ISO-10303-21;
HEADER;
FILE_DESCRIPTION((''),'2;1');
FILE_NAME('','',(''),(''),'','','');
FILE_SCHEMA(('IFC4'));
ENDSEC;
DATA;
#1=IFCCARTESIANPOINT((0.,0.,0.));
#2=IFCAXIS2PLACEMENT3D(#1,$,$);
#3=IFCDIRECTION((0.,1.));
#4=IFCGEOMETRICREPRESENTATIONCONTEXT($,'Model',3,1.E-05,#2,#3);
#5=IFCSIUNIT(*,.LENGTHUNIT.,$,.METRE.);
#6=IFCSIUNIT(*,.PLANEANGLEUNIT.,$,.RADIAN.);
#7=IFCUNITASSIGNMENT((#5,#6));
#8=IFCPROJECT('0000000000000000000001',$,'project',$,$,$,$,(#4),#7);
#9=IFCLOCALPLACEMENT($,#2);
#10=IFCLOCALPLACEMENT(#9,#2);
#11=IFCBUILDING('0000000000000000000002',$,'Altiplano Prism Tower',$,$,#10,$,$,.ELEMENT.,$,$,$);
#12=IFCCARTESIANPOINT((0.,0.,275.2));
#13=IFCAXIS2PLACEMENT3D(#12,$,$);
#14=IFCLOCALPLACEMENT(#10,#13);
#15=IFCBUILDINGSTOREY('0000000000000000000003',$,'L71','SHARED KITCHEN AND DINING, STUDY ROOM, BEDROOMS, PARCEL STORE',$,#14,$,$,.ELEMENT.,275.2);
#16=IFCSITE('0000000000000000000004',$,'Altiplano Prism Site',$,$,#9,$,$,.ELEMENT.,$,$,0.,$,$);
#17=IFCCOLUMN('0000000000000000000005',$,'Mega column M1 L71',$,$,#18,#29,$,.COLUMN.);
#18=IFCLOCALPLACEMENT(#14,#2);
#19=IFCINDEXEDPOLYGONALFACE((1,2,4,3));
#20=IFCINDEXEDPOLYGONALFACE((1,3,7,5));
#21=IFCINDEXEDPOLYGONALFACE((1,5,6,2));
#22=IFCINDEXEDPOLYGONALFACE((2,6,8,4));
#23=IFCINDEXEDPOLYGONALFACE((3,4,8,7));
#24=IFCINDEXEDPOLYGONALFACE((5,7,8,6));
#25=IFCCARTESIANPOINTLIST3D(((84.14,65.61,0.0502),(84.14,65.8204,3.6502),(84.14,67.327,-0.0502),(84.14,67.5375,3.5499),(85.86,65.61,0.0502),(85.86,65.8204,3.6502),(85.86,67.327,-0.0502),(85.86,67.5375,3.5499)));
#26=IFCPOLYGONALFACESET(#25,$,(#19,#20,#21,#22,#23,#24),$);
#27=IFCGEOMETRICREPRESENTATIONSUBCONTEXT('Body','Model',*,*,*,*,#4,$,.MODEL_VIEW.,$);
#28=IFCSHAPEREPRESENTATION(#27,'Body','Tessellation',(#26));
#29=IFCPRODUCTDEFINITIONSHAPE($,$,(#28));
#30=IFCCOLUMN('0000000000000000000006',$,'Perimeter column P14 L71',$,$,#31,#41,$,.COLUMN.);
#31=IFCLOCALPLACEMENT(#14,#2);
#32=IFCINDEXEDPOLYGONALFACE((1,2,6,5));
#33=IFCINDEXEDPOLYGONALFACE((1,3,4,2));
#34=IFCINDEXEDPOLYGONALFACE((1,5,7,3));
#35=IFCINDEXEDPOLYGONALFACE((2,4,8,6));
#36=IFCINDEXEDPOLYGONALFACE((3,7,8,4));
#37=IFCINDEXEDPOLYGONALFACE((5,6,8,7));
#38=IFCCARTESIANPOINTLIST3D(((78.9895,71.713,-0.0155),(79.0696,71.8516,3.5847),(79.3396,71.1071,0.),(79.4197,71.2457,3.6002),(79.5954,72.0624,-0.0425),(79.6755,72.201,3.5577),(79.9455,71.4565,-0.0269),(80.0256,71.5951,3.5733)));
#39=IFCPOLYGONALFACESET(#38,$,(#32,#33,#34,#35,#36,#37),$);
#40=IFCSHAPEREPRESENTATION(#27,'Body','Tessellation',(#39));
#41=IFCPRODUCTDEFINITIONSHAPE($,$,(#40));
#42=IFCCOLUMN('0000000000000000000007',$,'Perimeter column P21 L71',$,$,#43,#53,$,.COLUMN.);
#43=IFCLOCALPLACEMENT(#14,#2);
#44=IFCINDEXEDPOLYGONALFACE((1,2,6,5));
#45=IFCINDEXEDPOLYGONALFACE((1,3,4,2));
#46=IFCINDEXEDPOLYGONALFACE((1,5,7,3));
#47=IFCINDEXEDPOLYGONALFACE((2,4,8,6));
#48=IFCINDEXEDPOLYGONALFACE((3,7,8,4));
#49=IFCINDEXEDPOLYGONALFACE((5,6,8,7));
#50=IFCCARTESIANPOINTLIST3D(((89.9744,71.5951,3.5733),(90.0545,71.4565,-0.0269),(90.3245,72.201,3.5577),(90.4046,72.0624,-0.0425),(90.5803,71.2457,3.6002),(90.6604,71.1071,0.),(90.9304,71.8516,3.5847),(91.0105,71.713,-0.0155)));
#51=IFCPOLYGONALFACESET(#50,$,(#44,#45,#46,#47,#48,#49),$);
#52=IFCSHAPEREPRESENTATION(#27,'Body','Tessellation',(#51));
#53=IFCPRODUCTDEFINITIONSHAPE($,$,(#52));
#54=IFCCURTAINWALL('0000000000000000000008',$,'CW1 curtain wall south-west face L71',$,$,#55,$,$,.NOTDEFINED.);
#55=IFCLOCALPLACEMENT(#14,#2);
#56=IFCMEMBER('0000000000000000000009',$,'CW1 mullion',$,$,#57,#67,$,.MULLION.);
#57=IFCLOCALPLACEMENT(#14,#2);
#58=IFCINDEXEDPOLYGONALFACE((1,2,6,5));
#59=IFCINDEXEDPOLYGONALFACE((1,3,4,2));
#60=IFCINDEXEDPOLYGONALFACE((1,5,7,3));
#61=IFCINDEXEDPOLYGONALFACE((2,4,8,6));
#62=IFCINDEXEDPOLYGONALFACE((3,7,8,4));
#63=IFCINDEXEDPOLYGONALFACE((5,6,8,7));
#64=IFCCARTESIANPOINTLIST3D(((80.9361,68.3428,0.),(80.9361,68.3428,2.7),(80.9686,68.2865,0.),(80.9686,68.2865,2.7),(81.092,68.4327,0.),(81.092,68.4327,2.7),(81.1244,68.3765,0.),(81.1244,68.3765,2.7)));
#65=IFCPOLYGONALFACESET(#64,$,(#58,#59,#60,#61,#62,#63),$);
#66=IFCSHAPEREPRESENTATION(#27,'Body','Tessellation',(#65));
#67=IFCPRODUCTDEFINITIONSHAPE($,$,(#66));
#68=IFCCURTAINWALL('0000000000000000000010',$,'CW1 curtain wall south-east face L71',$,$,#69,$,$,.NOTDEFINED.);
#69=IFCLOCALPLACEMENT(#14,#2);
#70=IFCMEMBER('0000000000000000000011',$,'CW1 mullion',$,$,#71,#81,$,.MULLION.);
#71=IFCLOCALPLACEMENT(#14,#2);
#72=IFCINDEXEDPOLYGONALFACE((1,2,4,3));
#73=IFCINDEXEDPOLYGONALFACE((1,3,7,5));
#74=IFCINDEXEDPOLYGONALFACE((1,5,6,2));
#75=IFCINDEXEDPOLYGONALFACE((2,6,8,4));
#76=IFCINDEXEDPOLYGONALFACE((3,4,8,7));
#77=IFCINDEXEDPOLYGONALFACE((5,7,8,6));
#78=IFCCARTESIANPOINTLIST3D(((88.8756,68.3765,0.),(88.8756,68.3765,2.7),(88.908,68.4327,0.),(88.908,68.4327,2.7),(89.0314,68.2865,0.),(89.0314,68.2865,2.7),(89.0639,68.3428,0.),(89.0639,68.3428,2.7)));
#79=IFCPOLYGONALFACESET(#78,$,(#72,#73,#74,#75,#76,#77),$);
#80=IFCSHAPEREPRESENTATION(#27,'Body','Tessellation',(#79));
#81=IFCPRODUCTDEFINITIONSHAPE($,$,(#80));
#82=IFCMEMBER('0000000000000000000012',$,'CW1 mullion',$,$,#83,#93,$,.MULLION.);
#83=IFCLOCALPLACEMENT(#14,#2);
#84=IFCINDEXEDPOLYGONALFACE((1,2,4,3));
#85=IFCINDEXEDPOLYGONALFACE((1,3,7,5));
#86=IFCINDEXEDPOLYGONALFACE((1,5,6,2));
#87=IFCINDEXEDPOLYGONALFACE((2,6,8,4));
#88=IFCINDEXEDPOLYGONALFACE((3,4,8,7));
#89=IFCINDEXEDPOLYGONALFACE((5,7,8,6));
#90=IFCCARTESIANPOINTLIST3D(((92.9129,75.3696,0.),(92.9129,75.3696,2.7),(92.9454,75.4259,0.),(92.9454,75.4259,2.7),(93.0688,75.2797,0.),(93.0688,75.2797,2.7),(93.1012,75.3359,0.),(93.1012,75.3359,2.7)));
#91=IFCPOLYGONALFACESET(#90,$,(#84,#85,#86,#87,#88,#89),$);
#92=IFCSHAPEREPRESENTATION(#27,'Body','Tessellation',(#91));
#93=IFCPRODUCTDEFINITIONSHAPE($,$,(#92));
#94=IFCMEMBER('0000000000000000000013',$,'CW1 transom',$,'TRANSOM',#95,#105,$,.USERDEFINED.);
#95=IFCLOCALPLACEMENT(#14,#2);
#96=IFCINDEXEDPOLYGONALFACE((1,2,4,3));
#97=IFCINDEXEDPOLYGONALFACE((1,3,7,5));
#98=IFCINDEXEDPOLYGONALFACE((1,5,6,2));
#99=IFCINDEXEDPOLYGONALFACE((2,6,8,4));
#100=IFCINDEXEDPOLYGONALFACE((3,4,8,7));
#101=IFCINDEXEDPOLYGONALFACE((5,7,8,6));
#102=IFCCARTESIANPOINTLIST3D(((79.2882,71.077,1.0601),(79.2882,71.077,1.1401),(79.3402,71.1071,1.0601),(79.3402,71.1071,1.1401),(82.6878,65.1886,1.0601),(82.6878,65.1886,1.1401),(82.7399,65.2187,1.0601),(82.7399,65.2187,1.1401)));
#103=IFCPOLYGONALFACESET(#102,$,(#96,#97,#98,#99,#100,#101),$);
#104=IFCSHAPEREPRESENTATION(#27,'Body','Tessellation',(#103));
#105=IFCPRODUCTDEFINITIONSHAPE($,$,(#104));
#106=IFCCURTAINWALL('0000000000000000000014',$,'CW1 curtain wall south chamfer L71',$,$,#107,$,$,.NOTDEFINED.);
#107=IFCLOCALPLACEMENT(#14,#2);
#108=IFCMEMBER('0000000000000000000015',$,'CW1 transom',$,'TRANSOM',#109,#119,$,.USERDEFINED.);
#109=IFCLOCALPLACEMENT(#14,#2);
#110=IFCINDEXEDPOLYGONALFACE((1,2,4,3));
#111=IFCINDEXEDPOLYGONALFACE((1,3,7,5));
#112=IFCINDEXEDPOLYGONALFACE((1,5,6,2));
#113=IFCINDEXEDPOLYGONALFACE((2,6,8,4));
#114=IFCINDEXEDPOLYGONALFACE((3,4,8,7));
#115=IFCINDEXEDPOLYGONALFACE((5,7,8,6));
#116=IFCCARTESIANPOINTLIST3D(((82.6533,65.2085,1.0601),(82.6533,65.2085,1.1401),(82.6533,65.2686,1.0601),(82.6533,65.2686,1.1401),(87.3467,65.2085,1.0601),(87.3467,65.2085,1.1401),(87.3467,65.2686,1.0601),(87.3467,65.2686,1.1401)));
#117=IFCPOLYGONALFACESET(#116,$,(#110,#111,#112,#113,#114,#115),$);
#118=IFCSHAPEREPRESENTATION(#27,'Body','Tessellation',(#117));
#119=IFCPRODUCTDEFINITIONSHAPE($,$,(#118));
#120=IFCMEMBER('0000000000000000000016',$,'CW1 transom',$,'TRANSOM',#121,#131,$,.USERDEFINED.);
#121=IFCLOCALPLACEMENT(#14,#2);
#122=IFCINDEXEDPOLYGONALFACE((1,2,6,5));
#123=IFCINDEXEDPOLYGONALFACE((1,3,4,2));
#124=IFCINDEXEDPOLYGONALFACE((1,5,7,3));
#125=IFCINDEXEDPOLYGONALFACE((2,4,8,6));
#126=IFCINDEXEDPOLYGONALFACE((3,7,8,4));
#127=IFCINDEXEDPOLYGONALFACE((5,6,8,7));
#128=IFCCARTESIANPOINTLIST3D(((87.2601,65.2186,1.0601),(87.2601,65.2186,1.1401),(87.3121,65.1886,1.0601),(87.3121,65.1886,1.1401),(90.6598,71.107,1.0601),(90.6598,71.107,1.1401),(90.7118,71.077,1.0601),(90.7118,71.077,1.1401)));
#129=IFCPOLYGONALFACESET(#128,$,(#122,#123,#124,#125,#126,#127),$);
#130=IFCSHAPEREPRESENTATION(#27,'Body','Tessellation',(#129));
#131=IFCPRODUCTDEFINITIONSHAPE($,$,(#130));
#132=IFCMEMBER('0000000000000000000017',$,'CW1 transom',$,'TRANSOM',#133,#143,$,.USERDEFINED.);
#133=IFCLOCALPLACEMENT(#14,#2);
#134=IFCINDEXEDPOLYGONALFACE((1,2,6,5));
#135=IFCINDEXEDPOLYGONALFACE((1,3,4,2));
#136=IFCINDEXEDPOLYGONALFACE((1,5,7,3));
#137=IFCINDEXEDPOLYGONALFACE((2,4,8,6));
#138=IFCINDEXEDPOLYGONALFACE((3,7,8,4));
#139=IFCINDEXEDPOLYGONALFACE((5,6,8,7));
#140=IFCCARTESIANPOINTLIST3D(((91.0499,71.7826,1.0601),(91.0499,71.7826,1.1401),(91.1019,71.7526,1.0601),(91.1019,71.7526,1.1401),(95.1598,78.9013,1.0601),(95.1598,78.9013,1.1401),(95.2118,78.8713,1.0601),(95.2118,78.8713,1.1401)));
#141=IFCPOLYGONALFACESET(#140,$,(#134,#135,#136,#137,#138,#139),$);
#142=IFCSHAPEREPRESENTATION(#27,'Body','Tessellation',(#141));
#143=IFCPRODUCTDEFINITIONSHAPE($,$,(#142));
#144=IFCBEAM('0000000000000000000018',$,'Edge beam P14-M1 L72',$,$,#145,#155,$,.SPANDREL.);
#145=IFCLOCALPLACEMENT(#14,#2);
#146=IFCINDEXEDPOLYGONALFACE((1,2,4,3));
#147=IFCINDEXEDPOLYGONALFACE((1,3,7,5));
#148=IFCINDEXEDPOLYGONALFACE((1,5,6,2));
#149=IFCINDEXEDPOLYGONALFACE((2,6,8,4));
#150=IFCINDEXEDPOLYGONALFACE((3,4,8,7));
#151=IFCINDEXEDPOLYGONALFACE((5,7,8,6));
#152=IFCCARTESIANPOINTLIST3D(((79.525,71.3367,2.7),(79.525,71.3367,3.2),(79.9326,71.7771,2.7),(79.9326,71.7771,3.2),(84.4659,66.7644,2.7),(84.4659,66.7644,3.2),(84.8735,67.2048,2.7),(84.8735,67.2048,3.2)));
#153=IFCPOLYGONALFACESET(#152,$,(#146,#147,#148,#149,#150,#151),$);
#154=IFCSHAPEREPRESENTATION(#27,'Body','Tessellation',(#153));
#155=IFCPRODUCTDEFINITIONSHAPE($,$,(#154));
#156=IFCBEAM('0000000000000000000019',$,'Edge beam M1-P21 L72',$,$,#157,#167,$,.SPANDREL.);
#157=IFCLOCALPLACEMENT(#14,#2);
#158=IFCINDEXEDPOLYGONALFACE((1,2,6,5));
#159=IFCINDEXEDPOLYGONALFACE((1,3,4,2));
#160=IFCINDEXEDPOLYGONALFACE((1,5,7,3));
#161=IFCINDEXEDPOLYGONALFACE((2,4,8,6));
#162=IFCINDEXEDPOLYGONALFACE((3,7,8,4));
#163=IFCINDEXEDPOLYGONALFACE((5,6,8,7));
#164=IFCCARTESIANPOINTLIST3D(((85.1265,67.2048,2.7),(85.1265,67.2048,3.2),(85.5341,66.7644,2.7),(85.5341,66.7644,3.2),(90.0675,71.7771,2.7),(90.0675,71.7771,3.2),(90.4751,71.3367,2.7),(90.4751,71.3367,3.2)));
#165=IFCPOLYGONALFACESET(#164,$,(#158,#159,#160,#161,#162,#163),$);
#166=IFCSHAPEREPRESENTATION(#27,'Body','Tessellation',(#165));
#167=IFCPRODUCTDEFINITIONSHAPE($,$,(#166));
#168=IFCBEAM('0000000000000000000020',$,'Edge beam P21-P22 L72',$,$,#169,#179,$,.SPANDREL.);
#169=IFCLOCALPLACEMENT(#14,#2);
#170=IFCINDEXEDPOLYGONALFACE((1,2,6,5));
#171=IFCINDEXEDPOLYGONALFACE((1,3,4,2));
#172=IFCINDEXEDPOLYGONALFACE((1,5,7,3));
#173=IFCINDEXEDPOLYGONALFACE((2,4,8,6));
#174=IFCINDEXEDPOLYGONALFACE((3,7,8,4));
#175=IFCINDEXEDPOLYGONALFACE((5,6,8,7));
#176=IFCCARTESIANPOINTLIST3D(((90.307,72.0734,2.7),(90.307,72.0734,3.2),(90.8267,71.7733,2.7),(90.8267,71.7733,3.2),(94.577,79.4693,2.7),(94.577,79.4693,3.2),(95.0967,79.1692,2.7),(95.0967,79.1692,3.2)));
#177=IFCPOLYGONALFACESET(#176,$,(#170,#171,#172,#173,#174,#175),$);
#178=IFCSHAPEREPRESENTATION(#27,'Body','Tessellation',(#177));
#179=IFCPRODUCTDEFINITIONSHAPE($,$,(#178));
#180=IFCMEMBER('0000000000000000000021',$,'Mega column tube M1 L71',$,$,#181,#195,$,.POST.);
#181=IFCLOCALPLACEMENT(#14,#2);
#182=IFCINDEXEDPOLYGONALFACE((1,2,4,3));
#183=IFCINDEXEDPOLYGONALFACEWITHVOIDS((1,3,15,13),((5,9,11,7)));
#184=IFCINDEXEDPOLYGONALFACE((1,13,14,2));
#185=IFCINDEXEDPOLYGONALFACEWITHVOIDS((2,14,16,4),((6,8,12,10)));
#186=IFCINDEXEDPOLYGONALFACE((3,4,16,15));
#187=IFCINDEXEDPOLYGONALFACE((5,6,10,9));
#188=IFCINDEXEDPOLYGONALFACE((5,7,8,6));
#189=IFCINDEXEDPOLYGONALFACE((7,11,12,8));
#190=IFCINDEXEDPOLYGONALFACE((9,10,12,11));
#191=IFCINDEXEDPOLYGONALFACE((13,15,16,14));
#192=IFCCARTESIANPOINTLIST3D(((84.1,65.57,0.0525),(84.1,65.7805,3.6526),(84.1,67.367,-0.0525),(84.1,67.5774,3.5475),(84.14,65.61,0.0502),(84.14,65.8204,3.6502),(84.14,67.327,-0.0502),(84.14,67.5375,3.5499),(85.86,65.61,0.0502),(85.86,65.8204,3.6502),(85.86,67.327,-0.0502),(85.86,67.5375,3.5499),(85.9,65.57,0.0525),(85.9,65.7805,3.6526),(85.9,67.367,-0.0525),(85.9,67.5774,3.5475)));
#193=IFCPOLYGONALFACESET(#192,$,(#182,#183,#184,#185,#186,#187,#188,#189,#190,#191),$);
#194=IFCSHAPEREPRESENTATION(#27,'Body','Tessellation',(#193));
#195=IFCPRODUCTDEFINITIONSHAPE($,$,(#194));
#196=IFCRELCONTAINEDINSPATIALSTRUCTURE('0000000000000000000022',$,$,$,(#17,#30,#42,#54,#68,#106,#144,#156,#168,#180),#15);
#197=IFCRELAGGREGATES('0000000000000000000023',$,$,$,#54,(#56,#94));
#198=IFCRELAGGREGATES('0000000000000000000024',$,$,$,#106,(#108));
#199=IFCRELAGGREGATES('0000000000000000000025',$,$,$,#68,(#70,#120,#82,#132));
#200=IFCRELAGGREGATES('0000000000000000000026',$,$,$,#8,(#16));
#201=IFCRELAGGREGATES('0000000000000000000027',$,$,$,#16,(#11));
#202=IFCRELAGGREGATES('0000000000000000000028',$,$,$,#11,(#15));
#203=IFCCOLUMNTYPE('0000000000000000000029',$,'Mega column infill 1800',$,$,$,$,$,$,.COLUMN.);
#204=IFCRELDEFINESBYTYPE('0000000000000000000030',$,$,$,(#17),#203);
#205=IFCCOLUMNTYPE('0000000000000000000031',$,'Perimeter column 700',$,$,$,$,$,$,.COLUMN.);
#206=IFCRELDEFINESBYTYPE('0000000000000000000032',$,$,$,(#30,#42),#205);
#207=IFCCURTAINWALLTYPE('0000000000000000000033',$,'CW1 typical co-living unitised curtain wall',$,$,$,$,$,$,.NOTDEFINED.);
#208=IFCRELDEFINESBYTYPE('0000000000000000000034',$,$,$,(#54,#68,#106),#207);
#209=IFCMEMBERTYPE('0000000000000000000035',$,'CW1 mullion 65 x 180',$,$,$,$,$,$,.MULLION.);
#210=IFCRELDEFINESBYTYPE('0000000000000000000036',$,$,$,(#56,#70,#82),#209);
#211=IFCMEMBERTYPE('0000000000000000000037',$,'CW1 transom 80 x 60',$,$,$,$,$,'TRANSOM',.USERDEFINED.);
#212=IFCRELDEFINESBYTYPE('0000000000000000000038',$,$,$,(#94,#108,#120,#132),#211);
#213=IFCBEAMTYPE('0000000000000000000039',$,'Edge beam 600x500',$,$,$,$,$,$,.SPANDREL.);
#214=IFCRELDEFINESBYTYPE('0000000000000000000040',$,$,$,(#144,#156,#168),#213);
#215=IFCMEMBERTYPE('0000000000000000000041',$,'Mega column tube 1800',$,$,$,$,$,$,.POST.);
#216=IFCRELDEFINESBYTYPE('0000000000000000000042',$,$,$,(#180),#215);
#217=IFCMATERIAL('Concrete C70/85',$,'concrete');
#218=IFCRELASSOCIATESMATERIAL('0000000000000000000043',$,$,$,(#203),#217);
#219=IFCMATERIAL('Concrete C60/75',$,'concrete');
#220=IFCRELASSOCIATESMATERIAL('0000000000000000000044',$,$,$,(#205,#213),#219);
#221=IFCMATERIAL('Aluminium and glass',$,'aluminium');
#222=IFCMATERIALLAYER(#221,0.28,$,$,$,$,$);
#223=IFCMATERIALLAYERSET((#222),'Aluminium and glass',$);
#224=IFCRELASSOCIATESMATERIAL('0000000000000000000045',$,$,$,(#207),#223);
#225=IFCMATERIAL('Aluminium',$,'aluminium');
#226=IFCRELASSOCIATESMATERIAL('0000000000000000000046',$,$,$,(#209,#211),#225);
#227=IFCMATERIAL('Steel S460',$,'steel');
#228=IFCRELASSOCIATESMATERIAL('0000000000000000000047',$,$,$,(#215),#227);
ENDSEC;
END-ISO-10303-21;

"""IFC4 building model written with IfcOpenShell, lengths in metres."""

from ifc_helpers import new_model, si_unit, direction, frame, origin, origin_2d, place, context, subcontext, project, spatial, rectangle, hollow_rectangle, extrude, material, layer, layer_set, material_profile, profile_set, type_object, element, aggregate, save


model = new_model("IFC4")

# Units and contexts
model_context = context("Model", 3, precision=1e-05, world=origin(), true_north=direction((0.0, 1.0)))
body_context = subcontext(model_context, "Body", "Model", "MODEL_VIEW")
ifc_project = project(units=[si_unit("LENGTHUNIT", "METRE"), si_unit("PLANEANGLEUNIT", "RADIAN")], contexts=[model_context])

# Site, building, storey
site_placement = place(None, origin())
site = spatial("IfcSite", under=ifc_project, at=site_placement, Name="Altiplano Prism Site", CompositionType="ELEMENT", RefElevation=0.0)
building_placement = place(site_placement, origin())
building = spatial("IfcBuilding", under=site, at=building_placement, Name="Altiplano Prism Tower", CompositionType="ELEMENT")
storey_placement = place(building_placement, frame((0.0, 0.0, 275.2)))
storey = spatial("IfcBuildingStorey", under=building, at=storey_placement, Name="L71", Description="SHARED KITCHEN AND DINING, STUDY ROOM, BEDROOMS, PARCEL STORE", CompositionType="ELEMENT", Elevation=275.2)

# Columns
ifc_material_1 = material(Name="Concrete C70/85", Category="concrete")
ifc_material_profile_1 = material_profile(ifc_material_1, rectangle(XDim=1.72, YDim=1.72, at=origin_2d()), Name="Mega column infill 1800")
ifc_profile_set_1 = profile_set([ifc_material_profile_1], Name="Concrete C70/85")
column_type_1 = type_object("IfcColumnType", Name="Mega column infill 1800", PredefinedType="COLUMN", material=ifc_profile_set_1)
column_placement = place(storey_placement, frame((85.0, 66.4685, 0.0), z_axis=(0.0, 0.058357, 0.998296), x_axis=(-1.0, 0.0, 0.0)))
element("IfcColumn", 1, at=column_placement, inside=storey, type_object=column_type_1, Name="Mega column M1 L71", PredefinedType="COLUMN", context=body_context, shape_type="SweptSolid", body=[
    extrude(rectangle(XDim=1.72, YDim=1.72, at=origin_2d()), origin(), (0.0, 0.0, 1.0), 3.6062),
])
ifc_material_2 = material(Name="Concrete C60/75", Category="concrete")
ifc_material_profile_2 = material_profile(ifc_material_2, rectangle(XDim=0.7, YDim=0.7, at=origin_2d()), Name="Perimeter column 700")
ifc_profile_set_2 = profile_set([ifc_material_profile_2], Name="Concrete C60/75")
column_type_2 = type_object("IfcColumnType", Name="Perimeter column 700", PredefinedType="COLUMN", material=ifc_profile_set_2)
for number, where, z_axis, x_axis, name in (
    (2, (79.4675, 71.5847, -0.0212), (0.022221, 0.038481, 0.999012), (-0.865641, -0.499184, 0.038483), "Perimeter column P14 L71"),
    (3, (90.5325, 71.5847, -0.0212), (-0.022221, 0.038481, 0.999012), (-0.500172, -0.865641, 0.022218), "Perimeter column P21 L71"),
):
    element("IfcColumn", number, at=place(storey_placement, frame(where, z_axis=z_axis, x_axis=x_axis)), inside=storey, type_object=column_type_2, Name=name, PredefinedType="COLUMN", context=body_context, shape_type="SweptSolid", body=[
        extrude(rectangle(XDim=0.7, YDim=0.7, at=origin_2d()), origin(), (0.0, 0.0, 1.0), 3.6038),
    ])

# Curtain wall, member
ifc_material_3 = material(Name="Aluminium and glass", Category="aluminium")
ifc_layer_1 = layer(ifc_material_3, 0.28)
ifc_layer_set_1 = layer_set([ifc_layer_1], Name="Aluminium and glass")
curtain_wall_type = type_object("IfcCurtainWallType", Name="CW1 typical co-living unitised curtain wall", PredefinedType="NOTDEFINED", material=ifc_layer_set_1)
curtain_wall_1_placement = place(storey_placement, origin())
curtain_wall_1 = element("IfcCurtainWall", 4, at=curtain_wall_1_placement, inside=storey, type_object=curtain_wall_type, Name="CW1 curtain wall south-west face L71", PredefinedType="NOTDEFINED")
ifc_material_4 = material(Name="Aluminium", Category="aluminium")
ifc_material_profile_3 = material_profile(ifc_material_4, rectangle(XDim=0.1799, YDim=0.0649, at=origin_2d()), Name="CW1 mullion 65 x 180")
ifc_profile_set_3 = profile_set([ifc_material_profile_3], Name="Aluminium")
member_type_1 = type_object("IfcMemberType", Name="CW1 mullion 65 x 180", PredefinedType="MULLION", material=ifc_profile_set_3)
member_1_placement = place(storey_placement, frame((81.0303, 68.3596, 0.0), z_axis=(0.0, 0.0, 1.0), x_axis=(0.866025, 0.5, 0.0)))
member_1 = element("IfcMember", 5, at=member_1_placement, type_object=member_type_1, Name="CW1 mullion", PredefinedType="MULLION", context=body_context, shape_type="SweptSolid", body=[
    extrude(rectangle(XDim=0.1799, YDim=0.0649, at=origin_2d()), origin(), (0.0, 0.0, 1.0), 2.7),
])

# Curtain wall, members
curtain_wall_2_placement = place(storey_placement, origin())
curtain_wall_2 = element("IfcCurtainWall", 6, at=curtain_wall_2_placement, inside=storey, type_object=curtain_wall_type, Name="CW1 curtain wall south-east face L71", PredefinedType="NOTDEFINED")
member_2_placement = place(storey_placement, frame((88.9697, 68.3596, 0.0), z_axis=(0.0, 0.0, 1.0), x_axis=(-0.866025, 0.5, 0.0)))
member_2 = element("IfcMember", 7, at=member_2_placement, type_object=member_type_1, Name="CW1 mullion", PredefinedType="MULLION", context=body_context, shape_type="SweptSolid", body=[
    extrude(rectangle(XDim=0.1799, YDim=0.0649, at=origin_2d()), origin(), (0.0, 0.0, 1.0), 2.7),
])
member_3_placement = place(storey_placement, frame((93.0071, 75.3528, 0.0), z_axis=(0.0, 0.0, 1.0), x_axis=(-0.866025, 0.5, 0.0)))
member_3 = element("IfcMember", 8, at=member_3_placement, type_object=member_type_1, Name="CW1 mullion", PredefinedType="MULLION", context=body_context, shape_type="SweptSolid", body=[
    extrude(rectangle(XDim=0.1799, YDim=0.0649, at=origin_2d()), origin(), (0.0, 0.0, 1.0), 2.7),
])

# Member
ifc_material_profile_4 = material_profile(ifc_material_4, rectangle(XDim=0.0601, YDim=0.0801, at=origin_2d()), Name="CW1 transom 80 x 60")
ifc_profile_set_4 = profile_set([ifc_material_profile_4], Name="Aluminium")
member_type_2 = type_object("IfcMemberType", Name="CW1 transom 80 x 60", ElementType="TRANSOM", PredefinedType="USERDEFINED", material=ifc_profile_set_4)
member_4_placement = place(storey_placement, frame((79.3142, 71.092, 1.1001), z_axis=(0.499997, -0.866027, 0.0), x_axis=(0.866027, 0.499997, 0.0)))
member_4 = element("IfcMember", 9, at=member_4_placement, type_object=member_type_2, Name="CW1 transom", ObjectType="TRANSOM", PredefinedType="USERDEFINED", context=body_context, shape_type="SweptSolid", body=[
    extrude(rectangle(XDim=0.0601, YDim=0.0801, at=origin_2d()), origin(), (0.0, 0.0, 1.0), 6.7993),
])

# Curtain wall, member
curtain_wall_3_placement = place(storey_placement, origin())
curtain_wall_3 = element("IfcCurtainWall", 10, at=curtain_wall_3_placement, inside=storey, type_object=curtain_wall_type, Name="CW1 curtain wall south chamfer L71", PredefinedType="NOTDEFINED")
member_5_placement = place(storey_placement, frame((82.6533, 65.2385, 1.1001), z_axis=(1.0, 0.0, 0.0), x_axis=(0.0, 1.0, 0.0)))
member_5 = element("IfcMember", 11, at=member_5_placement, type_object=member_type_2, Name="CW1 transom", ObjectType="TRANSOM", PredefinedType="USERDEFINED", context=body_context, shape_type="SweptSolid", body=[
    extrude(rectangle(XDim=0.0601, YDim=0.0801, at=origin_2d()), origin(), (0.0, 0.0, 1.0), 4.6934),
])

# Members
member_6_placement = place(storey_placement, frame((87.2861, 65.2036, 1.1001), z_axis=(0.499997, 0.866027, 0.0), x_axis=(-0.866027, 0.499997, 0.0)))
member_6 = element("IfcMember", 12, at=member_6_placement, type_object=member_type_2, Name="CW1 transom", ObjectType="TRANSOM", PredefinedType="USERDEFINED", context=body_context, shape_type="SweptSolid", body=[
    extrude(rectangle(XDim=0.0601, YDim=0.0801, at=origin_2d()), origin(), (0.0, 0.0, 1.0), 6.7993),
])
member_7_placement = place(storey_placement, frame((91.0759, 71.7676, 1.1001), z_axis=(0.499992, 0.86603, 0.0), x_axis=(-0.86603, 0.499992, 0.0)))
member_7 = element("IfcMember", 13, at=member_7_placement, type_object=member_type_2, Name="CW1 transom", ObjectType="TRANSOM", PredefinedType="USERDEFINED", context=body_context, shape_type="SweptSolid", body=[
    extrude(rectangle(XDim=0.0601, YDim=0.0801, at=origin_2d()), origin(), (0.0, 0.0, 1.0), 8.22),
])

# Beams
ifc_material_profile_5 = material_profile(ifc_material_2, rectangle(XDim=0.6001, YDim=0.5, at=origin_2d()), Name="Edge beam 600x500")
ifc_profile_set_5 = profile_set([ifc_material_profile_5], Name="Concrete C60/75")
beam_type = type_object("IfcBeamType", Name="Edge beam 600x500", PredefinedType="SPANDREL", material=ifc_profile_set_5)
for number, where, z_axis, x_axis, name in (
    (14, (79.7288, 71.5569, 2.95), (0.733958, -0.679195, 0.0), (0.679195, 0.733958, 0.0), "Edge beam P14-M1 L72"),
    (15, (85.3303, 66.9846, 2.95), (0.733958, 0.679195, 0.0), (-0.679195, 0.733958, 0.0), "Edge beam M1-P21 L72"),
):
    element("IfcBeam", number, at=place(storey_placement, frame(where, z_axis=z_axis, x_axis=x_axis)), inside=storey, type_object=beam_type, Name=name, PredefinedType="SPANDREL", context=body_context, shape_type="SweptSolid", body=[
        extrude(rectangle(XDim=0.6001, YDim=0.5, at=origin_2d()), origin(), (0.0, 0.0, 1.0), 6.7319),
    ])
beam_placement = place(storey_placement, frame((90.5669, 71.9233, 2.95), z_axis=(0.499995, 0.866028, 0.0), x_axis=(-0.866028, 0.499995, 0.0)))
element("IfcBeam", 16, at=beam_placement, inside=storey, type_object=beam_type, Name="Edge beam P21-P22 L72", PredefinedType="SPANDREL", context=body_context, shape_type="SweptSolid", body=[
    extrude(rectangle(XDim=0.6001, YDim=0.5, at=origin_2d()), origin(), (0.0, 0.0, 1.0), 8.54),
])

# Member
ifc_material_5 = material(Name="Steel S460", Category="steel")
ifc_material_profile_6 = material_profile(ifc_material_5, hollow_rectangle(XDim=1.8, YDim=1.8, WallThickness=0.04, at=origin_2d()), Name="Mega column tube 1800")
ifc_profile_set_6 = profile_set([ifc_material_profile_6], Name="Steel S460")
member_type_3 = type_object("IfcMemberType", Name="Mega column tube 1800", PredefinedType="POST", material=ifc_profile_set_6)
member_8_placement = place(storey_placement, frame((85.0, 66.4685, 0.0), z_axis=(0.0, 0.058357, 0.998296), x_axis=(-1.0, 0.0, 0.0)))
element("IfcMember", 17, at=member_8_placement, inside=storey, type_object=member_type_3, Name="Mega column tube M1 L71", PredefinedType="POST", context=body_context, shape_type="SweptSolid", body=[
    extrude(hollow_rectangle(XDim=1.8, YDim=1.8, WallThickness=0.04, at=origin_2d()), origin(), (0.0, 0.0, 1.0), 3.6062),
])

aggregate(curtain_wall_1, [member_1, member_4])
aggregate(curtain_wall_3, [member_5])
aggregate(curtain_wall_2, [member_2, member_6, member_3, member_7])

save(model, "model.ifc")
